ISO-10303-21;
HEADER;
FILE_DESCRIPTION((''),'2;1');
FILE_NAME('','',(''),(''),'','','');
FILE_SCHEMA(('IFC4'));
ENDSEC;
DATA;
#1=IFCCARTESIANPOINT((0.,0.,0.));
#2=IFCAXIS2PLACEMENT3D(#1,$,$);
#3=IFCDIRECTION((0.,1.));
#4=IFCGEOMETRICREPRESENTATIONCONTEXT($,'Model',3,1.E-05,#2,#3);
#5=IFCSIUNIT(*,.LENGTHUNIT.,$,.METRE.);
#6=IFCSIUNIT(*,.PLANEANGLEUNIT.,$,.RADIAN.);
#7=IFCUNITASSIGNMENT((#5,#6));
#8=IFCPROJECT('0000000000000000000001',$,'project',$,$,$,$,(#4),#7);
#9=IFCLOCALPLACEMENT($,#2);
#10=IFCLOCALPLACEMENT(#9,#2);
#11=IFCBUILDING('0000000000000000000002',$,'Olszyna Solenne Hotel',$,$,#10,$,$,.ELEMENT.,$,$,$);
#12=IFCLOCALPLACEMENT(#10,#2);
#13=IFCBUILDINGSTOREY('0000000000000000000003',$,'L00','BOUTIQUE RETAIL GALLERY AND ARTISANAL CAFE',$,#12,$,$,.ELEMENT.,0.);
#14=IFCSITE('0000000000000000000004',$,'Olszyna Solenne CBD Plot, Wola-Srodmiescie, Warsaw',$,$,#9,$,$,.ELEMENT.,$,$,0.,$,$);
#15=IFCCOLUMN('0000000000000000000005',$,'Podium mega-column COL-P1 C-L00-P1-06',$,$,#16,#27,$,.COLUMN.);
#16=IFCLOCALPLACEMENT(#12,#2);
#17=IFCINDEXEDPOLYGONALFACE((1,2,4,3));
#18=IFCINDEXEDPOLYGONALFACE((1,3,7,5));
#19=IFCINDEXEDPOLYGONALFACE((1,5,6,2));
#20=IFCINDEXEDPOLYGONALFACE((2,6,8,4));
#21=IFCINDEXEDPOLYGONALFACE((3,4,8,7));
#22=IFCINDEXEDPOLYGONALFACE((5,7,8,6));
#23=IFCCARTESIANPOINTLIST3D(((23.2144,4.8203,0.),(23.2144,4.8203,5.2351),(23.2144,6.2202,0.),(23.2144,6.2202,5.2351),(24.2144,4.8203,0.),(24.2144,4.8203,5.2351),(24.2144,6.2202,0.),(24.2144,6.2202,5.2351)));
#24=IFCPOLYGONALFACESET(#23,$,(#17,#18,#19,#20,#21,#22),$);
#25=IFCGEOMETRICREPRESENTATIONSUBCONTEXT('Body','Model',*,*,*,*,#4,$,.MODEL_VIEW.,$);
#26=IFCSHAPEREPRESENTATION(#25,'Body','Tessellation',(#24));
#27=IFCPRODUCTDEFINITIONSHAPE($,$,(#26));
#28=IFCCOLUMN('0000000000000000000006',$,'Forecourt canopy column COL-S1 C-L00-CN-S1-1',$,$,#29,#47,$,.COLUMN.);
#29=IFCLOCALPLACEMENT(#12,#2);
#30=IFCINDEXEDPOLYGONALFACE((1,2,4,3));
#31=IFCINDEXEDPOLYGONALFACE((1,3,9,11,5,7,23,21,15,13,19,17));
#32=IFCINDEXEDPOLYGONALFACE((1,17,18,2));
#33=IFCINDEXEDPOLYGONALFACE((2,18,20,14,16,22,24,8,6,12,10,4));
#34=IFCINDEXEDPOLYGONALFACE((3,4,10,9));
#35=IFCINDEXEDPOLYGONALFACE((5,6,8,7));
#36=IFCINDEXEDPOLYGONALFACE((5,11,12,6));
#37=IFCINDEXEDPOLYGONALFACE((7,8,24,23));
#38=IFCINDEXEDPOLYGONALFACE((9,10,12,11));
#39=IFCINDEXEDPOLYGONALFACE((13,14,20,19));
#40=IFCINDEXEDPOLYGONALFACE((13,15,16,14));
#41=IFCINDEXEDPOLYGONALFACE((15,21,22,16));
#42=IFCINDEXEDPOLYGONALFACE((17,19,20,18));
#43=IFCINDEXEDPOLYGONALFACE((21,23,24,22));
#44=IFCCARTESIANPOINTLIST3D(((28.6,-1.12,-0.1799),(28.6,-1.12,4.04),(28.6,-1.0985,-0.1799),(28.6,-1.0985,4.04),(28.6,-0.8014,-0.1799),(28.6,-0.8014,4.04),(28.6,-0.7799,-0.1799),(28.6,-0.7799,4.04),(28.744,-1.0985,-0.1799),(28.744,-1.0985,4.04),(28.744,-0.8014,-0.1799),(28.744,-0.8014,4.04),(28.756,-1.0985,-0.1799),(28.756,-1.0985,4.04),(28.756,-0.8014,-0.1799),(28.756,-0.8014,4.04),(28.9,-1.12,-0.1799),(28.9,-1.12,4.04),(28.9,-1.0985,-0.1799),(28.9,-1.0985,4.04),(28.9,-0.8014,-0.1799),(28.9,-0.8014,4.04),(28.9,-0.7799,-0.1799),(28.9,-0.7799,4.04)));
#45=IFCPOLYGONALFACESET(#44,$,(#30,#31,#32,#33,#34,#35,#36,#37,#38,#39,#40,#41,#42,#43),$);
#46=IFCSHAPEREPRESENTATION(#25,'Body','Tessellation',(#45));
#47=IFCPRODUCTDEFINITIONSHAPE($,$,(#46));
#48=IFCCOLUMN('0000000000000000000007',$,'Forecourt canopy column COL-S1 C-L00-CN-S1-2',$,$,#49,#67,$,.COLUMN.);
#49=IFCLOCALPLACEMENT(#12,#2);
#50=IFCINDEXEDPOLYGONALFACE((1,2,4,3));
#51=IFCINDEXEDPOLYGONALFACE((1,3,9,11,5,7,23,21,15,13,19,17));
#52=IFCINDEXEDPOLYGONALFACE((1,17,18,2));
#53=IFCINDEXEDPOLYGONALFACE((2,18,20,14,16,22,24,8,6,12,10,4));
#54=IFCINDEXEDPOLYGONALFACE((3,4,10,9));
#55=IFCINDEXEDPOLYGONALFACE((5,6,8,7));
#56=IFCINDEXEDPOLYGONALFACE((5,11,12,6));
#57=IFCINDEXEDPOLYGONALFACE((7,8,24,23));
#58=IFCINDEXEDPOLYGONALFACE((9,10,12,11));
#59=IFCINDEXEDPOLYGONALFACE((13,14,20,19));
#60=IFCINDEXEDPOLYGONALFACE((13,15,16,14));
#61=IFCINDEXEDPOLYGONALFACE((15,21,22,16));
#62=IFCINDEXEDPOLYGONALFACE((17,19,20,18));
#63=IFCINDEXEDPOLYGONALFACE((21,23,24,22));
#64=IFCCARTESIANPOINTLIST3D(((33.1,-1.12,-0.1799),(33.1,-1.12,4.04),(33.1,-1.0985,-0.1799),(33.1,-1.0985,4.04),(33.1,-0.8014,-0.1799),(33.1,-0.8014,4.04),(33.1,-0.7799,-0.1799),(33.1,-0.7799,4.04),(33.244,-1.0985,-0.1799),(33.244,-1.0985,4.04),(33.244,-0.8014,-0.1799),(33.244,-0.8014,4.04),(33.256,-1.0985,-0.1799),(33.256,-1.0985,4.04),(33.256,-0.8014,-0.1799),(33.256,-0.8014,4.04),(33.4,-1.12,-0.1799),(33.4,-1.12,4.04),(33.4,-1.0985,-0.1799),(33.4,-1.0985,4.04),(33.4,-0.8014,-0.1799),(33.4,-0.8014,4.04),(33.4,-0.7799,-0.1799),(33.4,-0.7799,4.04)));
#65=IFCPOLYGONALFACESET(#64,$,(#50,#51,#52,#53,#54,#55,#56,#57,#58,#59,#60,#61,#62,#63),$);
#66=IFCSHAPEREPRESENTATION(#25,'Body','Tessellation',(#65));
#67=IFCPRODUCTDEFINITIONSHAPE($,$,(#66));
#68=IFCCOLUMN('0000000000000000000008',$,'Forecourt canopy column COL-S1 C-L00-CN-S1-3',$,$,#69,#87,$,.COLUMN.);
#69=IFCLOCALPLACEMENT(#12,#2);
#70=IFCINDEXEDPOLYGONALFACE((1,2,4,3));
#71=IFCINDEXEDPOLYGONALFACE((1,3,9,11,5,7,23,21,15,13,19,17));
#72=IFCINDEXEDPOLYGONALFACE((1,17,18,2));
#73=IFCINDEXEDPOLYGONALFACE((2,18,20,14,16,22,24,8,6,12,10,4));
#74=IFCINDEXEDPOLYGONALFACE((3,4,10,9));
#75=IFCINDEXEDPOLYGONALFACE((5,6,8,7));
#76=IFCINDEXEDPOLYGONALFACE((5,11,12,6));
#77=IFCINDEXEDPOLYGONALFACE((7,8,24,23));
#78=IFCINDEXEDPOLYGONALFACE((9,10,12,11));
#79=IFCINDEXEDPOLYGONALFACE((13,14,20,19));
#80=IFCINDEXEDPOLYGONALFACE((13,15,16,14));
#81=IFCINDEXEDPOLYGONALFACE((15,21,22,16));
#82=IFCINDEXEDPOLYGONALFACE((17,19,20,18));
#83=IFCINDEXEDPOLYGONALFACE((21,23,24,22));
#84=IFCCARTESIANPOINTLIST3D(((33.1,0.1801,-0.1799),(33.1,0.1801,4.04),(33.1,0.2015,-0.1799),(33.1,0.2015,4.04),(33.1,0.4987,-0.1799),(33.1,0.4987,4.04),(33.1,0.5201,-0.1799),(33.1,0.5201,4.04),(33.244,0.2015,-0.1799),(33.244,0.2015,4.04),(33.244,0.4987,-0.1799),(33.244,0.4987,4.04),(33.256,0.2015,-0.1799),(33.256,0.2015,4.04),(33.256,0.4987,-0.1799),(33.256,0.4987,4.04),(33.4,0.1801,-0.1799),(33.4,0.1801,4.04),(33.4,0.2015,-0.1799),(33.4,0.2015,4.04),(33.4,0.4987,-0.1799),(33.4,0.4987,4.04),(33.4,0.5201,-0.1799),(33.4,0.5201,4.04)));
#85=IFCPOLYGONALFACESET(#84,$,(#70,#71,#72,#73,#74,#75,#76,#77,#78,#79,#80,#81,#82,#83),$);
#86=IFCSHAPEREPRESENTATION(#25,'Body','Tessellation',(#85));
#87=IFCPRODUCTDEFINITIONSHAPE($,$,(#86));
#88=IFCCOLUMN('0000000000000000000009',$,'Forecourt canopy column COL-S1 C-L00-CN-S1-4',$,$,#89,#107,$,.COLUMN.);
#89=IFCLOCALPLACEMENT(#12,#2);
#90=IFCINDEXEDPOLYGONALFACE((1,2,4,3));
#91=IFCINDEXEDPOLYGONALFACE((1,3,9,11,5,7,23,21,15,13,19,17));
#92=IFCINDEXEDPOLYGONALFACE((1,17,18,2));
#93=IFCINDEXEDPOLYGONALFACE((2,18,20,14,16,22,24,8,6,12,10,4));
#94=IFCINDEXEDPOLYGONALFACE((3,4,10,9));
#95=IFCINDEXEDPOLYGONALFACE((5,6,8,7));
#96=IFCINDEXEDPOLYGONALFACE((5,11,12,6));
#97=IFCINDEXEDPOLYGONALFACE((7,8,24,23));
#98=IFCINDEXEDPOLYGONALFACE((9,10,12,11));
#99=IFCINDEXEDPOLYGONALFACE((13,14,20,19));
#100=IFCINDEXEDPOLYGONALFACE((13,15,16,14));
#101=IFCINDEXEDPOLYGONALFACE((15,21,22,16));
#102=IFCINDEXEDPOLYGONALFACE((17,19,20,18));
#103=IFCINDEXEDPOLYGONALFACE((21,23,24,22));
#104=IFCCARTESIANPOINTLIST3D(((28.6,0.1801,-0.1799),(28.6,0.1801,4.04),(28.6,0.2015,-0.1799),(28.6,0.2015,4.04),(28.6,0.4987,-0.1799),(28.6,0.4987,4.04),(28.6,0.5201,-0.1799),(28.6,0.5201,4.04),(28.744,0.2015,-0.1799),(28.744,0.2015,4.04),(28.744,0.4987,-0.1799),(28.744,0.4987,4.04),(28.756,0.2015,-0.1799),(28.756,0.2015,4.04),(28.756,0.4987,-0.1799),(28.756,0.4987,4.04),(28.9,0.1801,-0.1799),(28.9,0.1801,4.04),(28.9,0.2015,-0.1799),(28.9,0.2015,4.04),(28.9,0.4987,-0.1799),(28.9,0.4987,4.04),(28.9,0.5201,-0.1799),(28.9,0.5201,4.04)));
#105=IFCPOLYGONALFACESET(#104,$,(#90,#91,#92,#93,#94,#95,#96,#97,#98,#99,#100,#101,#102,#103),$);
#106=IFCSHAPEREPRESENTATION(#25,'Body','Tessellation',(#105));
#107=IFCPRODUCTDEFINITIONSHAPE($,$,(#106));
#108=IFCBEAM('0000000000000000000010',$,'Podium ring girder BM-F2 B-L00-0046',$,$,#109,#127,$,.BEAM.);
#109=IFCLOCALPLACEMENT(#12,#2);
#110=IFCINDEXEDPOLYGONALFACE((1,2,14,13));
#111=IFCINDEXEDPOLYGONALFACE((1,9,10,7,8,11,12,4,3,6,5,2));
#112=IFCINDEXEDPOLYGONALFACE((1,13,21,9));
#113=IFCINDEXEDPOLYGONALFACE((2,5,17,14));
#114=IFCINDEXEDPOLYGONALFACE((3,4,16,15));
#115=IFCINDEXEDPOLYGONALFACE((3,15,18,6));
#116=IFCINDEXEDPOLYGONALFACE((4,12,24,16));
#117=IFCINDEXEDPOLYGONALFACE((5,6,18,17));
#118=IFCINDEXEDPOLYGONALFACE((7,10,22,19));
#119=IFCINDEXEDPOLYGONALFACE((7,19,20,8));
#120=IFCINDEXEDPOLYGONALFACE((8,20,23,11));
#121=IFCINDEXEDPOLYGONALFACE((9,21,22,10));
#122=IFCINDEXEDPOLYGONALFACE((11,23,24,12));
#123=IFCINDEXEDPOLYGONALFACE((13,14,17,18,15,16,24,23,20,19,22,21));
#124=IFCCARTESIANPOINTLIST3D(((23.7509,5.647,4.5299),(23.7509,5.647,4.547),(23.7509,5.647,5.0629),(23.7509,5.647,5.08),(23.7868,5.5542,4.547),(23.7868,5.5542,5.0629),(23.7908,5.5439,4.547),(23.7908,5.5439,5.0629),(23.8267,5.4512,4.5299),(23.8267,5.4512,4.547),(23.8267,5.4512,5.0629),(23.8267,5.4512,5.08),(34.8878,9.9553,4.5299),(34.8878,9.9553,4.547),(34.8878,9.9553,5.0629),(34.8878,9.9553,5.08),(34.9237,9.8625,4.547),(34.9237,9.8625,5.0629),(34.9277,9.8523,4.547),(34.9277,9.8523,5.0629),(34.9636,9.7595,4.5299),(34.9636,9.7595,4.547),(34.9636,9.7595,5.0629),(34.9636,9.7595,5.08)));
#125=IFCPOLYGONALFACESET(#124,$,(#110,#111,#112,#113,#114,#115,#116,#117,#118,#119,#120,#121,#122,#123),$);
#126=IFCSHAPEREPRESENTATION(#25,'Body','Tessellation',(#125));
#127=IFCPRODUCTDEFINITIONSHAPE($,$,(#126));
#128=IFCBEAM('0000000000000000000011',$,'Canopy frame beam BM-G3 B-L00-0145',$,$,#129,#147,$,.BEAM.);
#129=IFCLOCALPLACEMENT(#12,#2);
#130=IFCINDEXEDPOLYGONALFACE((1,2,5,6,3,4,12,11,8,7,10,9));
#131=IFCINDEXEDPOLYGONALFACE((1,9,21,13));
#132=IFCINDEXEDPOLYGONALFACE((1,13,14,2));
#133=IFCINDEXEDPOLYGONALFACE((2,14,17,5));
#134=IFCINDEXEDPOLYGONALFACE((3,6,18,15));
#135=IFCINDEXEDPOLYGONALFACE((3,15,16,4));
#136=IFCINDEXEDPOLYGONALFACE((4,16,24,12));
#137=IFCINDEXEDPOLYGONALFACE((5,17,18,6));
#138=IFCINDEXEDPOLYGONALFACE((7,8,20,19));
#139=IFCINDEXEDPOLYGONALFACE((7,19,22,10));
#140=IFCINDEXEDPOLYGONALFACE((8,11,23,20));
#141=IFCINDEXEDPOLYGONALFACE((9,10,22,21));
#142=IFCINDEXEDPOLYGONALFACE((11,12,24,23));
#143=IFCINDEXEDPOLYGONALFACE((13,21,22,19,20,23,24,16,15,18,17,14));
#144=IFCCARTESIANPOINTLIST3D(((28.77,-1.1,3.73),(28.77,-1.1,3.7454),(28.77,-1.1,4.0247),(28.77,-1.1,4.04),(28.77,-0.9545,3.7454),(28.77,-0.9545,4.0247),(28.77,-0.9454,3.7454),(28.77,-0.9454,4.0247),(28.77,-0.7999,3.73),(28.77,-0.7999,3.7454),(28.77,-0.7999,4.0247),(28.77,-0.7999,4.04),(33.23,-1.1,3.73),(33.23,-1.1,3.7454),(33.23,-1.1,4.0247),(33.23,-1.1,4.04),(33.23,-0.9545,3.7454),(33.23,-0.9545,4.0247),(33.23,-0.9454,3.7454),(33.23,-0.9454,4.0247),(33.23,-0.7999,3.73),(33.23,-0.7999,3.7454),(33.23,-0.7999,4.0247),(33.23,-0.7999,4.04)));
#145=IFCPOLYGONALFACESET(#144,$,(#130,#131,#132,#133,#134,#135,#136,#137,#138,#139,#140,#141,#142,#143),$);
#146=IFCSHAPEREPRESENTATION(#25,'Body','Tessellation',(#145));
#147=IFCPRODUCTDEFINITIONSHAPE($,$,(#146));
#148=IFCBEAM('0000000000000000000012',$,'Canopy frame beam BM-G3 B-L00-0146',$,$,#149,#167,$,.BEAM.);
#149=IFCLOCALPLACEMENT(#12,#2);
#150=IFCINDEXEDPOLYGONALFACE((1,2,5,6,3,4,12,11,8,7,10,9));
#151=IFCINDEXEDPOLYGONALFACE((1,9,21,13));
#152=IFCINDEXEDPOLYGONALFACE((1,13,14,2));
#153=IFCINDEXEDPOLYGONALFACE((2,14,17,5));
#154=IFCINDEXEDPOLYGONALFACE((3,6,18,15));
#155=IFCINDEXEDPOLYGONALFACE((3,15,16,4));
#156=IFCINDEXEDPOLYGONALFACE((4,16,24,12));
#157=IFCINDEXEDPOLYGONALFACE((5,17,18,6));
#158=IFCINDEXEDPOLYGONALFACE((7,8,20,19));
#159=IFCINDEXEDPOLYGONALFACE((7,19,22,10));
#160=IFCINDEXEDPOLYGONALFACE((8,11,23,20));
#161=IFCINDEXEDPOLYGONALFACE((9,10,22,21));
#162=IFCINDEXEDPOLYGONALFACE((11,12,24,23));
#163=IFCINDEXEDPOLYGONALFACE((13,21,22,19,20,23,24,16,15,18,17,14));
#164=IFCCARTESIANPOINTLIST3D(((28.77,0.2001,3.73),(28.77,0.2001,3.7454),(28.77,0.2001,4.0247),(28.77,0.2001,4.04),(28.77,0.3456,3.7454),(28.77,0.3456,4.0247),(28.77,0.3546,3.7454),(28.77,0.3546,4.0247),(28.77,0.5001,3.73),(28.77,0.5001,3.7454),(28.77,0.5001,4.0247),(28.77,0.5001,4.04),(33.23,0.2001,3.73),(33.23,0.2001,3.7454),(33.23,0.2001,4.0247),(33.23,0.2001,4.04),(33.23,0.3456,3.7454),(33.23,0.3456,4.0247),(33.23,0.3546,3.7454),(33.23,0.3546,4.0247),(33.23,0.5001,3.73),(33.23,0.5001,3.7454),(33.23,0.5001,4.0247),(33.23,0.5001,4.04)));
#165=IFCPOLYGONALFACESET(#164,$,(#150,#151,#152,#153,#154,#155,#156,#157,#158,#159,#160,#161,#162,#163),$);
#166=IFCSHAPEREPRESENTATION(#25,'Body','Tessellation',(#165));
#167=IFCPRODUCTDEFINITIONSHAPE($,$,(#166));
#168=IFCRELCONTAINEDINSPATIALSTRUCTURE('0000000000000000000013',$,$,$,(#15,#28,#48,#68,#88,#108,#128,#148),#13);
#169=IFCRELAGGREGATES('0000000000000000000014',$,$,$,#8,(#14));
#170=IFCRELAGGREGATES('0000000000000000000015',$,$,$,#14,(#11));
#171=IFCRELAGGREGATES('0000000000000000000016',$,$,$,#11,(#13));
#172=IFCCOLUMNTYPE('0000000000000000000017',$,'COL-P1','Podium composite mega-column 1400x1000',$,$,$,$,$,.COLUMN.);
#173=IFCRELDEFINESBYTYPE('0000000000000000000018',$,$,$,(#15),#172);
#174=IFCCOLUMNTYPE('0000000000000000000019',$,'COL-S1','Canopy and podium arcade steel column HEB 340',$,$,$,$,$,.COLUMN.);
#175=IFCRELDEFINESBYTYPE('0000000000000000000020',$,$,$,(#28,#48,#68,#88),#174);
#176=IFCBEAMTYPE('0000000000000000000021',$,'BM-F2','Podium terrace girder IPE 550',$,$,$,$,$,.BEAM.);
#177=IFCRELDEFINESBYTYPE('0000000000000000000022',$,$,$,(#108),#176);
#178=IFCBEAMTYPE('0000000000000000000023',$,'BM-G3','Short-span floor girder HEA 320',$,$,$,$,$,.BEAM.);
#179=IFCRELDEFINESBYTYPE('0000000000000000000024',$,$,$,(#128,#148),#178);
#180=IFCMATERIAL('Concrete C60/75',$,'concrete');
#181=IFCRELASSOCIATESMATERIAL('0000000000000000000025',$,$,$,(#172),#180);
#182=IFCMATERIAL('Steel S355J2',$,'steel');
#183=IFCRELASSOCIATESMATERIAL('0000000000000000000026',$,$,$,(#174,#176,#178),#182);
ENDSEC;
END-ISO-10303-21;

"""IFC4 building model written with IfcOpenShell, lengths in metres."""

from ifc_helpers import new_model, si_unit, direction, frame, origin, origin_2d, place, context, subcontext, project, spatial, rectangle, i_section, extrude, source, transform, mapped, material, material_profile, profile_set, type_object, element, save


model = new_model("IFC4")

# Units and contexts
model_context = context("Model", 3, precision=1e-05, world=origin(), true_north=direction((0.0, 1.0)))
body_context = subcontext(model_context, "Body", "Model", "MODEL_VIEW")
ifc_project = project(units=[si_unit("LENGTHUNIT", "METRE"), si_unit("PLANEANGLEUNIT", "RADIAN")], contexts=[model_context])

# Site, building, storey
site_placement = place(None, origin())
site = spatial("IfcSite", under=ifc_project, at=site_placement, Name="Olszyna Solenne CBD Plot, Wola-Srodmiescie, Warsaw", CompositionType="ELEMENT", RefElevation=0.0)
building_placement = place(site_placement, origin())
building = spatial("IfcBuilding", under=site, at=building_placement, Name="Olszyna Solenne Hotel", CompositionType="ELEMENT")
storey_placement = place(building_placement, origin())
storey = spatial("IfcBuildingStorey", under=building, at=storey_placement, Name="L00", Description="BOUTIQUE RETAIL GALLERY AND ARTISANAL CAFE", CompositionType="ELEMENT", Elevation=0.0)

# Columns
ifc_material_1 = material(Name="Concrete C60/75", Category="concrete")
ifc_material_profile_1 = material_profile(ifc_material_1, rectangle(XDim=1.0, YDim=1.3999, at=origin_2d()), Name="RC 1400x1000", Category="load-bearing")
ifc_profile_set_1 = profile_set([ifc_material_profile_1], Name="Concrete C60/75")
column_type_1 = type_object("IfcColumnType", Name="COL-P1", Description="Podium composite mega-column 1400x1000", PredefinedType="COLUMN", material=ifc_profile_set_1)
shared_shape_1 = source(origin(), body_context, "Body", "SweptSolid", [
    extrude(rectangle(XDim=1.0, YDim=1.3999, at=origin_2d()), origin(), (0.0, 0.0, 1.0), 5.2351),
])
column_placement = place(storey_placement, frame((23.7144, 5.5203, 0.0), z_axis=(0.0, 0.0, 1.0), x_axis=(1.0, 0.0, 0.0)))
element("IfcColumn", 1, at=column_placement, inside=storey, type_object=column_type_1, Name="Podium mega-column COL-P1 C-L00-P1-06", PredefinedType="COLUMN", context=body_context, shape_type="MappedRepresentation", body=[
    mapped(shared_shape_1, transform((0.0, 0.0, 0.0), x_axis=(1.0, 0.0, 0.0), y_axis=(0.0, 1.0, 0.0), z_axis=(0.0, 0.0, 1.0), scale=1.0)),
])
ifc_material_2 = material(Name="Steel S355J2", Category="steel")
ifc_material_profile_2 = material_profile(ifc_material_2, i_section(OverallWidth=0.3, OverallDepth=0.3401, WebThickness=0.012, FlangeThickness=0.0215, at=origin_2d()), Name="HEB 340", Category="load-bearing")
ifc_profile_set_2 = profile_set([ifc_material_profile_2], Name="Steel S355J2")
column_type_2 = type_object("IfcColumnType", Name="COL-S1", Description="Canopy and podium arcade steel column HEB 340", PredefinedType="COLUMN", material=ifc_profile_set_2)
shared_shape_2 = source(origin(), body_context, "Body", "SweptSolid", [
    extrude(i_section(OverallWidth=0.3, OverallDepth=0.3401, WebThickness=0.012, FlangeThickness=0.0215, at=origin_2d()), origin(), (0.0, 0.0, 1.0), 4.22),
])
for number, where, z_axis, x_axis, name in (
    (2, (28.75, -0.95, -0.1799), (0.0, 0.0, 1.0), (1.0, 0.0, 0.0), "Forecourt canopy column COL-S1 C-L00-CN-S1-1"),
    (3, (33.25, -0.95, -0.1799), (0.0, 0.0, 1.0), (1.0, 0.0, 0.0), "Forecourt canopy column COL-S1 C-L00-CN-S1-2"),
    (4, (33.25, 0.3501, -0.1799), (0.0, 0.0, 1.0), (1.0, 0.0, 0.0), "Forecourt canopy column COL-S1 C-L00-CN-S1-3"),
    (5, (28.75, 0.3501, -0.1799), (0.0, 0.0, 1.0), (1.0, 0.0, 0.0), "Forecourt canopy column COL-S1 C-L00-CN-S1-4"),
):
    element("IfcColumn", number, at=place(storey_placement, frame(where, z_axis=z_axis, x_axis=x_axis)), inside=storey, type_object=column_type_2, Name=name, PredefinedType="COLUMN", context=body_context, shape_type="MappedRepresentation", body=[
        mapped(shared_shape_2, transform((0.0, 0.0, 0.0), x_axis=(1.0, 0.0, 0.0), y_axis=(0.0, 1.0, 0.0), z_axis=(0.0, 0.0, 1.0), scale=1.0)),
    ])

# Beams
ifc_material_profile_3 = material_profile(ifc_material_2, i_section(OverallWidth=0.21, OverallDepth=0.55, WebThickness=0.011, FlangeThickness=0.0171, at=origin_2d()), Name="IPE 550", Category="load-bearing")
ifc_profile_set_3 = profile_set([ifc_material_profile_3], Name="Steel S355J2")
beam_type_1 = type_object("IfcBeamType", Name="BM-F2", Description="Podium terrace girder IPE 550", PredefinedType="BEAM", material=ifc_profile_set_3)
shared_shape_3 = source(origin(), body_context, "Body", "SweptSolid", [
    extrude(i_section(OverallWidth=0.21, OverallDepth=0.55, WebThickness=0.011, FlangeThickness=0.0171, at=origin_2d()), origin(), (0.0, 0.0, 1.0), 11.9412),
])
beam_placement = place(storey_placement, frame((23.7888, 5.5491, 4.8049), z_axis=(0.932645, 0.360795, 0.0), x_axis=(-0.360795, 0.932645, 0.0)))
element("IfcBeam", 6, at=beam_placement, inside=storey, type_object=beam_type_1, Name="Podium ring girder BM-F2 B-L00-0046", PredefinedType="BEAM", context=body_context, shape_type="MappedRepresentation", body=[
    mapped(shared_shape_3, transform((0.0, 0.0, 0.0), x_axis=(1.0, 0.0, 0.0), y_axis=(0.0, 1.0, 0.0), z_axis=(0.0, 0.0, 1.0), scale=1.0)),
])
ifc_material_profile_4 = material_profile(ifc_material_2, i_section(OverallWidth=0.3, OverallDepth=0.3101, WebThickness=0.009, FlangeThickness=0.0154, at=origin_2d()), Name="HEA 320", Category="load-bearing")
ifc_profile_set_4 = profile_set([ifc_material_profile_4], Name="Steel S355J2")
beam_type_2 = type_object("IfcBeamType", Name="BM-G3", Description="Short-span floor girder HEA 320", PredefinedType="BEAM", material=ifc_profile_set_4)
shared_shape_4 = source(origin(), body_context, "Body", "SweptSolid", [
    extrude(i_section(OverallWidth=0.3, OverallDepth=0.3101, WebThickness=0.009, FlangeThickness=0.0154, at=origin_2d()), origin(), (0.0, 0.0, 1.0), 4.46),
])
for number, where, z_axis, x_axis, name in (
    (7, (28.77, -0.95, 3.885), (1.0, 0.0, 0.0), (0.0, 1.0, 0.0), "Canopy frame beam BM-G3 B-L00-0145"),
    (8, (33.23, 0.3501, 3.885), (-1.0, 0.0, 0.0), (0.0, -1.0, 0.0), "Canopy frame beam BM-G3 B-L00-0146"),
):
    element("IfcBeam", number, at=place(storey_placement, frame(where, z_axis=z_axis, x_axis=x_axis)), inside=storey, type_object=beam_type_2, Name=name, PredefinedType="BEAM", context=body_context, shape_type="MappedRepresentation", body=[
        mapped(shared_shape_4, transform((0.0, 0.0, 0.0), x_axis=(1.0, 0.0, 0.0), y_axis=(0.0, 1.0, 0.0), z_axis=(0.0, 0.0, 1.0), scale=1.0)),
    ])

save(model, "model.ifc")
